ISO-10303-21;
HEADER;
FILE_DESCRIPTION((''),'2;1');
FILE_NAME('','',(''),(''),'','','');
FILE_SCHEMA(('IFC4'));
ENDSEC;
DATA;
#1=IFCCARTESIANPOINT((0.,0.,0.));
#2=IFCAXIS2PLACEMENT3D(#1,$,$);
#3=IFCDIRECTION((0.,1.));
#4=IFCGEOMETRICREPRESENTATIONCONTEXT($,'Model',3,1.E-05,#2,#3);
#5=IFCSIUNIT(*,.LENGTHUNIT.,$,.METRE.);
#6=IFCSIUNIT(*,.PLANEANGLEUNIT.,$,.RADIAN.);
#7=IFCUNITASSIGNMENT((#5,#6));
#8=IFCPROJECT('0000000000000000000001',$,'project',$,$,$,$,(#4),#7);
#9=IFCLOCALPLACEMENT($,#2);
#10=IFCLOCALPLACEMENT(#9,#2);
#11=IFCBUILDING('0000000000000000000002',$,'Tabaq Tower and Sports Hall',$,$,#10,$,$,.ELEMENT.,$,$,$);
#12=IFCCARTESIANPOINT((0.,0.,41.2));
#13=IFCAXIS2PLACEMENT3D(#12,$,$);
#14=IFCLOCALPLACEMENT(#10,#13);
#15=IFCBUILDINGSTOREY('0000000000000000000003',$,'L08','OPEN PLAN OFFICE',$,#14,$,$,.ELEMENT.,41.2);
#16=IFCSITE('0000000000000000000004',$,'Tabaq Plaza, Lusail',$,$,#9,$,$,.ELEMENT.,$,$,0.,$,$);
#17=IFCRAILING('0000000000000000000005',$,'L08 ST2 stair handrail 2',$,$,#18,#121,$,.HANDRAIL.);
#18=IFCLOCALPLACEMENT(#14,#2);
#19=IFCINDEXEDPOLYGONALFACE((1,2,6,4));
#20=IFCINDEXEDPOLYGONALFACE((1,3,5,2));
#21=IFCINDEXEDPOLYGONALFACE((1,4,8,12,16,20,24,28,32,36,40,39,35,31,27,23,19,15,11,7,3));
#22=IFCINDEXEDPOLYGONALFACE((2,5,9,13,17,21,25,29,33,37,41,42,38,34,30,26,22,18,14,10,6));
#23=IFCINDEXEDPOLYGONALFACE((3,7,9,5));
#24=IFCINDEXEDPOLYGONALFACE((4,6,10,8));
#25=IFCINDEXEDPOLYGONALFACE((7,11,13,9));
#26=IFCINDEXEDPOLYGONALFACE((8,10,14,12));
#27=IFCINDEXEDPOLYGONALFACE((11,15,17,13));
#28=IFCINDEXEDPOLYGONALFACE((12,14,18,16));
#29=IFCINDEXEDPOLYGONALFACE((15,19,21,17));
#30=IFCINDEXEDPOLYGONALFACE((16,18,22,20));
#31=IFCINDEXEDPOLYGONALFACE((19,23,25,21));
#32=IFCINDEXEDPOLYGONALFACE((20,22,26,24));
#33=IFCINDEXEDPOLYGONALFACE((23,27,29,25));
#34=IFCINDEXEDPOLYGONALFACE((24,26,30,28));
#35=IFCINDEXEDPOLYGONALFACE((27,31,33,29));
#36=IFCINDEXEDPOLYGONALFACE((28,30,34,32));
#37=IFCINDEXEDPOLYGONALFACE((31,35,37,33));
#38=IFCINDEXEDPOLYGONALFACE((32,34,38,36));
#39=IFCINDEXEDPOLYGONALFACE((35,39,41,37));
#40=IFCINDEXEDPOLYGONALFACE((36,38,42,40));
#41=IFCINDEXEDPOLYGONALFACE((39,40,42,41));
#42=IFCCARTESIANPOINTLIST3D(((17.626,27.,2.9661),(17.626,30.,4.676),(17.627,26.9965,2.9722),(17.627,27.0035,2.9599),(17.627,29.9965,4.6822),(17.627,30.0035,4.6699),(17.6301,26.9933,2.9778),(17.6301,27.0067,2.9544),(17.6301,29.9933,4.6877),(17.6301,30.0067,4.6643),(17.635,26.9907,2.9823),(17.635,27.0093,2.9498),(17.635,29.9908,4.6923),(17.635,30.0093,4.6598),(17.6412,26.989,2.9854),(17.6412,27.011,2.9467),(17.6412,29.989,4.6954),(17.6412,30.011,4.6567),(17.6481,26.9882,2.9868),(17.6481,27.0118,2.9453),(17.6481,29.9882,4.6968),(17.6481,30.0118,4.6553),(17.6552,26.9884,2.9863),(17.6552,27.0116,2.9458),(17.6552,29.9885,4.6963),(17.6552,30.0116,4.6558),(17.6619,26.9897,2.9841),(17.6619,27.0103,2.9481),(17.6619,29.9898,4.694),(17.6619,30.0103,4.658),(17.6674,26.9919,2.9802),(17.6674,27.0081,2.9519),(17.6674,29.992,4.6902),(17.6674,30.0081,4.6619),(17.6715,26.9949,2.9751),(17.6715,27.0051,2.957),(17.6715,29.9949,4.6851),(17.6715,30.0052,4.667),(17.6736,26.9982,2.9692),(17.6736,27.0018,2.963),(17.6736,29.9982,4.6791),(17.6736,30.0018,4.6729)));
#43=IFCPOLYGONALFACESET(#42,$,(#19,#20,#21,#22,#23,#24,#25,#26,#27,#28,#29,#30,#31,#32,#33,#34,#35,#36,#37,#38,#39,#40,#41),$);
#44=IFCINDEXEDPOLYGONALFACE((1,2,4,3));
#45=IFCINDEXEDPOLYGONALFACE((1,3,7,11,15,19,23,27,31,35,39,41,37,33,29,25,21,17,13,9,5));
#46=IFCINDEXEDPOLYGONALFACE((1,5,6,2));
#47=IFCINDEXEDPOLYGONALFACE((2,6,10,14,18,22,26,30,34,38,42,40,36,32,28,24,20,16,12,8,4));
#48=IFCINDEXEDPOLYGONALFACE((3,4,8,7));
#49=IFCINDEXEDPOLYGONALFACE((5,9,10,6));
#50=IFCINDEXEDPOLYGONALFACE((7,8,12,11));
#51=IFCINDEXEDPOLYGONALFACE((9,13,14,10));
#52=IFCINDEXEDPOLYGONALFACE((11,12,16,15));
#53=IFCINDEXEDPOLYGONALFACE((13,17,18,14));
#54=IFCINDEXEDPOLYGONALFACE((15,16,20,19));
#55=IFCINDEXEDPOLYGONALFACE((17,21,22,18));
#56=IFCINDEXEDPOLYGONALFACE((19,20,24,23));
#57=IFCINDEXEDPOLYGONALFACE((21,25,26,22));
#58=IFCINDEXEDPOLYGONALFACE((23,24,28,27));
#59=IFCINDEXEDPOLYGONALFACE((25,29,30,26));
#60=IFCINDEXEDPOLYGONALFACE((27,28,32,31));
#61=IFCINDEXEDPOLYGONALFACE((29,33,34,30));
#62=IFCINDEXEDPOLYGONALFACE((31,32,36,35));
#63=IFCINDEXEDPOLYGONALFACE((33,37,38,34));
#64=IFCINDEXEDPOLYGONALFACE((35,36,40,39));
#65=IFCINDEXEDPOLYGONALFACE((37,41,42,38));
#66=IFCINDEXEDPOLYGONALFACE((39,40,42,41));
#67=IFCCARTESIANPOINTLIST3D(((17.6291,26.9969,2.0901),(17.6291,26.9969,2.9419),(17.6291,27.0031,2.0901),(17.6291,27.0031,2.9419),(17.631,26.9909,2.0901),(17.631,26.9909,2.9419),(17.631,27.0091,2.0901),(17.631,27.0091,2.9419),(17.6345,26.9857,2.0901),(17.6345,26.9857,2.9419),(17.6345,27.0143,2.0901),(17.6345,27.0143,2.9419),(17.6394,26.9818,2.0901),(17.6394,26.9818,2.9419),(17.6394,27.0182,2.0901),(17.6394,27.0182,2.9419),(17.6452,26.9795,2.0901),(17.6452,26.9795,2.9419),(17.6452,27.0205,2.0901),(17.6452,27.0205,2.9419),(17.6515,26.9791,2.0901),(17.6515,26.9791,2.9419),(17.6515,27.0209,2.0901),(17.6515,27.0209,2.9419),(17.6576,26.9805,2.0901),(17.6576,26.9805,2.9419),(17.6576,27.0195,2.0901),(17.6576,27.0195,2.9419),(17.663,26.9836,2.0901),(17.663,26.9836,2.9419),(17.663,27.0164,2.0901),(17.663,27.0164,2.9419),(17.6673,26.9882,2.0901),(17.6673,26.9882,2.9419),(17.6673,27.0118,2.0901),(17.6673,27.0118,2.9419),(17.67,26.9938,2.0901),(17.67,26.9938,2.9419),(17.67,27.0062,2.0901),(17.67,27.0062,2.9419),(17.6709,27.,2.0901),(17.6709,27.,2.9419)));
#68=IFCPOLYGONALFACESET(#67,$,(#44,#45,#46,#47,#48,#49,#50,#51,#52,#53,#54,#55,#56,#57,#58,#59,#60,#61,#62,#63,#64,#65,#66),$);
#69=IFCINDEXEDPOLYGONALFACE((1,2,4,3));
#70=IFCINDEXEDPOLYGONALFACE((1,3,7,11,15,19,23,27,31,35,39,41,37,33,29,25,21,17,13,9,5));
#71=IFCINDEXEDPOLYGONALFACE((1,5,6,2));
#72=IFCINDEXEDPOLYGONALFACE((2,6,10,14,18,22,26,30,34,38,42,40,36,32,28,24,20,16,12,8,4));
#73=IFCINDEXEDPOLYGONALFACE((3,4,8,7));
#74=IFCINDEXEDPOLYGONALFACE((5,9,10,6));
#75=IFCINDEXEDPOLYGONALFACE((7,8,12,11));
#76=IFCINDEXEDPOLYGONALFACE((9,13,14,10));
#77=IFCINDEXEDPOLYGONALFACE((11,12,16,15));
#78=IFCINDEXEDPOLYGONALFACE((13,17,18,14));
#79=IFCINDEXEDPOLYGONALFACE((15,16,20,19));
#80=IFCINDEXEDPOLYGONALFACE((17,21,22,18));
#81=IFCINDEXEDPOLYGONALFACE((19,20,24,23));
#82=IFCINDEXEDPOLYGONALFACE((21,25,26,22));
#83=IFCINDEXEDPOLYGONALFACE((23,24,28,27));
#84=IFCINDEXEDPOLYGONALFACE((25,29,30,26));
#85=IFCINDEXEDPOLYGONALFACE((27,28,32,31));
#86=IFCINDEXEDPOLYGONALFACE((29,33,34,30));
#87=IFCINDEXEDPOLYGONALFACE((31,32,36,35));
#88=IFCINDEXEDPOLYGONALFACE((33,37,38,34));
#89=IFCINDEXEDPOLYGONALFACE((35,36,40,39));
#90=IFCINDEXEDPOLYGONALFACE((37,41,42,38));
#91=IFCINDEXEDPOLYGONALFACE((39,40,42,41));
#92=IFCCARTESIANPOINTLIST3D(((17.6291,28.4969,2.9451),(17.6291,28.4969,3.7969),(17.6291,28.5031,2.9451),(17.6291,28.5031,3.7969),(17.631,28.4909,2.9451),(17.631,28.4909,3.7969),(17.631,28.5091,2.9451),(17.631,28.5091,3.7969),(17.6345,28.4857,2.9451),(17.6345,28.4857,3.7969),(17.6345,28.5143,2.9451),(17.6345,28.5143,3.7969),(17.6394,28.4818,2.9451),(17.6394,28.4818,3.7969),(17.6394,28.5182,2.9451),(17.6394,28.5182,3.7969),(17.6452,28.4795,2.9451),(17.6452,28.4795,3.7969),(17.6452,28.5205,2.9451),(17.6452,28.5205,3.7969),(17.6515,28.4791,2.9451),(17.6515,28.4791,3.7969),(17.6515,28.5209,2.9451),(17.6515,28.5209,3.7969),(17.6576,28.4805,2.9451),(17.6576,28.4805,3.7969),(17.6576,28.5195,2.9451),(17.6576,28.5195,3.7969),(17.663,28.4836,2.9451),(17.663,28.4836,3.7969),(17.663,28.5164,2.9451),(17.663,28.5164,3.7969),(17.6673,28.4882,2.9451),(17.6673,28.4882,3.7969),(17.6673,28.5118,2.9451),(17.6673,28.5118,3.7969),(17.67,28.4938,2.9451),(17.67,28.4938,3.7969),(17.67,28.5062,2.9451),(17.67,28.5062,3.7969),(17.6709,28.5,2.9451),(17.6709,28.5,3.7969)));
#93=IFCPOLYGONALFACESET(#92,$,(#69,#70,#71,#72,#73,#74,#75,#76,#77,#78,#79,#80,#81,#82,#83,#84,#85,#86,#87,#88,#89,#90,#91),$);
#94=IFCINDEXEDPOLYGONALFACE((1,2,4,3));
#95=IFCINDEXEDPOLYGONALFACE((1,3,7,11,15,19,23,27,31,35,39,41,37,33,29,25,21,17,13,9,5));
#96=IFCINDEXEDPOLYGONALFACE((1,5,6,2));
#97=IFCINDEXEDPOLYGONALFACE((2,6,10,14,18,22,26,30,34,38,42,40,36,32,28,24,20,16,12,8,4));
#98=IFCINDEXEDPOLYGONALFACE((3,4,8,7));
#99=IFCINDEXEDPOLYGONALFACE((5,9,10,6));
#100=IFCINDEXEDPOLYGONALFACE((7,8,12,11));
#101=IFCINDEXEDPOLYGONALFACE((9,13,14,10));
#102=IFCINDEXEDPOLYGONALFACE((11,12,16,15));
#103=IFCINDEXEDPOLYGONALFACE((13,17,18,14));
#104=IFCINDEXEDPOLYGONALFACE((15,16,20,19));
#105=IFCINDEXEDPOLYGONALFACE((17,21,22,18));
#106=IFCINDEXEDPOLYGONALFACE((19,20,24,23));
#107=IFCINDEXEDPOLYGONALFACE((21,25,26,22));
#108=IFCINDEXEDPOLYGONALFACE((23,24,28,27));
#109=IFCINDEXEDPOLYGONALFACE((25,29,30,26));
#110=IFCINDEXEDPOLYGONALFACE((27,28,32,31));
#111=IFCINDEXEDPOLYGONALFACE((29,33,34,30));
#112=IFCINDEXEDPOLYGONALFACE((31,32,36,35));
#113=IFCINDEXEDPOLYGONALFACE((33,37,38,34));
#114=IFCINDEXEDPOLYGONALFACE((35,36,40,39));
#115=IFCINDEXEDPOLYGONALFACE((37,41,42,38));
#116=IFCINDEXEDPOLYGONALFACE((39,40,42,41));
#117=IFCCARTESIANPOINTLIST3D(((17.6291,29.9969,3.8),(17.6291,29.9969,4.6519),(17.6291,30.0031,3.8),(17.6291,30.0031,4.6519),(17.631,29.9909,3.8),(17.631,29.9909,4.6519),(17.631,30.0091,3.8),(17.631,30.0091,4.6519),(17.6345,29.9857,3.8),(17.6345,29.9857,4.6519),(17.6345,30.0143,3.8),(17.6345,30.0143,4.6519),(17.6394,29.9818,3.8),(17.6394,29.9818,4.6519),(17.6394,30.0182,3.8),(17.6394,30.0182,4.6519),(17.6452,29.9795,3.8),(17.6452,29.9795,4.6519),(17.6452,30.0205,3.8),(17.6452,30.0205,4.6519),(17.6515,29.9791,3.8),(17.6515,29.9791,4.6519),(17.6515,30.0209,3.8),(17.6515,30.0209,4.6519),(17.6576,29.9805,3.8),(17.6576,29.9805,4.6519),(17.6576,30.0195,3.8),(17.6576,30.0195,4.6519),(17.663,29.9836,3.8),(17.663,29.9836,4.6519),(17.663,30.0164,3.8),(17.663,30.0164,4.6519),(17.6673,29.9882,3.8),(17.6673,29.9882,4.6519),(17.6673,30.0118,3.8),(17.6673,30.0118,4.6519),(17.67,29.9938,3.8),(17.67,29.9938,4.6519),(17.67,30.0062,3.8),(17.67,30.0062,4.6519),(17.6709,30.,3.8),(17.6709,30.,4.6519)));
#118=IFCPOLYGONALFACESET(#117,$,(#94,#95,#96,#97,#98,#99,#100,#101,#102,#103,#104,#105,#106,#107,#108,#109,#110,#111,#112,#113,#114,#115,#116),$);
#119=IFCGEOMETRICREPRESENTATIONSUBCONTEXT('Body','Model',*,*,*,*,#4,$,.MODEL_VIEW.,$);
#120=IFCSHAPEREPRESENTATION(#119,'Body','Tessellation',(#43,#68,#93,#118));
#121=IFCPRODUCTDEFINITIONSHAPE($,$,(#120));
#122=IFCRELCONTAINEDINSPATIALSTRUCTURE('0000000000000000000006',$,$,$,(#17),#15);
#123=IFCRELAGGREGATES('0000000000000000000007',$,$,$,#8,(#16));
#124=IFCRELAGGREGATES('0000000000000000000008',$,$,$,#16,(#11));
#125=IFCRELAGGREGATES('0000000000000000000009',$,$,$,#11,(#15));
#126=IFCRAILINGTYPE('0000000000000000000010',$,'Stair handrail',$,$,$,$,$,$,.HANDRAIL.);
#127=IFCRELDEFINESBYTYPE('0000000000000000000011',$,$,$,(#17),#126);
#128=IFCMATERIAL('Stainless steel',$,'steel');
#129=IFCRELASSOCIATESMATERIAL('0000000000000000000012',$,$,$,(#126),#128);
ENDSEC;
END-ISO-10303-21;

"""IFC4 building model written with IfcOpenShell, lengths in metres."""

from ifc_helpers import new_model, si_unit, direction, frame, origin, origin_2d, place, context, subcontext, project, spatial, circle, extrude, material, type_object, element, save


model = new_model("IFC4")

# Units and contexts
model_context = context("Model", 3, precision=1e-05, world=origin(), true_north=direction((0.0, 1.0)))
body_context = subcontext(model_context, "Body", "Model", "MODEL_VIEW")
ifc_project = project(units=[si_unit("LENGTHUNIT", "METRE"), si_unit("PLANEANGLEUNIT", "RADIAN")], contexts=[model_context])

# Site, building, storey
site_placement = place(None, origin())
site = spatial("IfcSite", under=ifc_project, at=site_placement, Name="Tabaq Plaza, Lusail", CompositionType="ELEMENT", RefElevation=0.0)
building_placement = place(site_placement, origin())
building = spatial("IfcBuilding", under=site, at=building_placement, Name="Tabaq Tower and Sports Hall", CompositionType="ELEMENT")
storey_placement = place(building_placement, frame((0.0, 0.0, 41.2)))
storey = spatial("IfcBuildingStorey", under=building, at=storey_placement, Name="L08", Description="OPEN PLAN OFFICE", CompositionType="ELEMENT", Elevation=41.2)

# Railing
ifc_material_1 = material(Name="Stainless steel", Category="steel")
railing_type = type_object("IfcRailingType", Name="Stair handrail", PredefinedType="HANDRAIL", material=ifc_material_1)
railing_1_placement = place(storey_placement, frame((17.6499, 27.0, 2.0901)))
element("IfcRailing", 1, at=railing_1_placement, inside=storey, type_object=railing_type, Name="L08 ST2 stair handrail 2", PredefinedType="HANDRAIL", context=body_context, shape_type="SweptSolid", body=[
    extrude(circle(Radius=0.0239, at=origin_2d()), frame((0.0, 0.0, 0.876), z_axis=(0.0, 0.868782, 0.495195), x_axis=(-1.0, 0.0, 0.0)), (0.0, 0.0, 1.0), 3.4531),
    extrude(circle(Radius=0.021, at=origin_2d()), origin(), (0.0, 0.0, 1.0), 0.8518),
    extrude(circle(Radius=0.021, at=origin_2d()), frame((0.0, 1.5, 0.855)), (0.0, 0.0, 1.0), 0.8518),
    extrude(circle(Radius=0.021, at=origin_2d()), frame((0.0, 3.0, 1.71)), (0.0, 0.0, 1.0), 0.8518),
])

save(model, "model.ifc")
